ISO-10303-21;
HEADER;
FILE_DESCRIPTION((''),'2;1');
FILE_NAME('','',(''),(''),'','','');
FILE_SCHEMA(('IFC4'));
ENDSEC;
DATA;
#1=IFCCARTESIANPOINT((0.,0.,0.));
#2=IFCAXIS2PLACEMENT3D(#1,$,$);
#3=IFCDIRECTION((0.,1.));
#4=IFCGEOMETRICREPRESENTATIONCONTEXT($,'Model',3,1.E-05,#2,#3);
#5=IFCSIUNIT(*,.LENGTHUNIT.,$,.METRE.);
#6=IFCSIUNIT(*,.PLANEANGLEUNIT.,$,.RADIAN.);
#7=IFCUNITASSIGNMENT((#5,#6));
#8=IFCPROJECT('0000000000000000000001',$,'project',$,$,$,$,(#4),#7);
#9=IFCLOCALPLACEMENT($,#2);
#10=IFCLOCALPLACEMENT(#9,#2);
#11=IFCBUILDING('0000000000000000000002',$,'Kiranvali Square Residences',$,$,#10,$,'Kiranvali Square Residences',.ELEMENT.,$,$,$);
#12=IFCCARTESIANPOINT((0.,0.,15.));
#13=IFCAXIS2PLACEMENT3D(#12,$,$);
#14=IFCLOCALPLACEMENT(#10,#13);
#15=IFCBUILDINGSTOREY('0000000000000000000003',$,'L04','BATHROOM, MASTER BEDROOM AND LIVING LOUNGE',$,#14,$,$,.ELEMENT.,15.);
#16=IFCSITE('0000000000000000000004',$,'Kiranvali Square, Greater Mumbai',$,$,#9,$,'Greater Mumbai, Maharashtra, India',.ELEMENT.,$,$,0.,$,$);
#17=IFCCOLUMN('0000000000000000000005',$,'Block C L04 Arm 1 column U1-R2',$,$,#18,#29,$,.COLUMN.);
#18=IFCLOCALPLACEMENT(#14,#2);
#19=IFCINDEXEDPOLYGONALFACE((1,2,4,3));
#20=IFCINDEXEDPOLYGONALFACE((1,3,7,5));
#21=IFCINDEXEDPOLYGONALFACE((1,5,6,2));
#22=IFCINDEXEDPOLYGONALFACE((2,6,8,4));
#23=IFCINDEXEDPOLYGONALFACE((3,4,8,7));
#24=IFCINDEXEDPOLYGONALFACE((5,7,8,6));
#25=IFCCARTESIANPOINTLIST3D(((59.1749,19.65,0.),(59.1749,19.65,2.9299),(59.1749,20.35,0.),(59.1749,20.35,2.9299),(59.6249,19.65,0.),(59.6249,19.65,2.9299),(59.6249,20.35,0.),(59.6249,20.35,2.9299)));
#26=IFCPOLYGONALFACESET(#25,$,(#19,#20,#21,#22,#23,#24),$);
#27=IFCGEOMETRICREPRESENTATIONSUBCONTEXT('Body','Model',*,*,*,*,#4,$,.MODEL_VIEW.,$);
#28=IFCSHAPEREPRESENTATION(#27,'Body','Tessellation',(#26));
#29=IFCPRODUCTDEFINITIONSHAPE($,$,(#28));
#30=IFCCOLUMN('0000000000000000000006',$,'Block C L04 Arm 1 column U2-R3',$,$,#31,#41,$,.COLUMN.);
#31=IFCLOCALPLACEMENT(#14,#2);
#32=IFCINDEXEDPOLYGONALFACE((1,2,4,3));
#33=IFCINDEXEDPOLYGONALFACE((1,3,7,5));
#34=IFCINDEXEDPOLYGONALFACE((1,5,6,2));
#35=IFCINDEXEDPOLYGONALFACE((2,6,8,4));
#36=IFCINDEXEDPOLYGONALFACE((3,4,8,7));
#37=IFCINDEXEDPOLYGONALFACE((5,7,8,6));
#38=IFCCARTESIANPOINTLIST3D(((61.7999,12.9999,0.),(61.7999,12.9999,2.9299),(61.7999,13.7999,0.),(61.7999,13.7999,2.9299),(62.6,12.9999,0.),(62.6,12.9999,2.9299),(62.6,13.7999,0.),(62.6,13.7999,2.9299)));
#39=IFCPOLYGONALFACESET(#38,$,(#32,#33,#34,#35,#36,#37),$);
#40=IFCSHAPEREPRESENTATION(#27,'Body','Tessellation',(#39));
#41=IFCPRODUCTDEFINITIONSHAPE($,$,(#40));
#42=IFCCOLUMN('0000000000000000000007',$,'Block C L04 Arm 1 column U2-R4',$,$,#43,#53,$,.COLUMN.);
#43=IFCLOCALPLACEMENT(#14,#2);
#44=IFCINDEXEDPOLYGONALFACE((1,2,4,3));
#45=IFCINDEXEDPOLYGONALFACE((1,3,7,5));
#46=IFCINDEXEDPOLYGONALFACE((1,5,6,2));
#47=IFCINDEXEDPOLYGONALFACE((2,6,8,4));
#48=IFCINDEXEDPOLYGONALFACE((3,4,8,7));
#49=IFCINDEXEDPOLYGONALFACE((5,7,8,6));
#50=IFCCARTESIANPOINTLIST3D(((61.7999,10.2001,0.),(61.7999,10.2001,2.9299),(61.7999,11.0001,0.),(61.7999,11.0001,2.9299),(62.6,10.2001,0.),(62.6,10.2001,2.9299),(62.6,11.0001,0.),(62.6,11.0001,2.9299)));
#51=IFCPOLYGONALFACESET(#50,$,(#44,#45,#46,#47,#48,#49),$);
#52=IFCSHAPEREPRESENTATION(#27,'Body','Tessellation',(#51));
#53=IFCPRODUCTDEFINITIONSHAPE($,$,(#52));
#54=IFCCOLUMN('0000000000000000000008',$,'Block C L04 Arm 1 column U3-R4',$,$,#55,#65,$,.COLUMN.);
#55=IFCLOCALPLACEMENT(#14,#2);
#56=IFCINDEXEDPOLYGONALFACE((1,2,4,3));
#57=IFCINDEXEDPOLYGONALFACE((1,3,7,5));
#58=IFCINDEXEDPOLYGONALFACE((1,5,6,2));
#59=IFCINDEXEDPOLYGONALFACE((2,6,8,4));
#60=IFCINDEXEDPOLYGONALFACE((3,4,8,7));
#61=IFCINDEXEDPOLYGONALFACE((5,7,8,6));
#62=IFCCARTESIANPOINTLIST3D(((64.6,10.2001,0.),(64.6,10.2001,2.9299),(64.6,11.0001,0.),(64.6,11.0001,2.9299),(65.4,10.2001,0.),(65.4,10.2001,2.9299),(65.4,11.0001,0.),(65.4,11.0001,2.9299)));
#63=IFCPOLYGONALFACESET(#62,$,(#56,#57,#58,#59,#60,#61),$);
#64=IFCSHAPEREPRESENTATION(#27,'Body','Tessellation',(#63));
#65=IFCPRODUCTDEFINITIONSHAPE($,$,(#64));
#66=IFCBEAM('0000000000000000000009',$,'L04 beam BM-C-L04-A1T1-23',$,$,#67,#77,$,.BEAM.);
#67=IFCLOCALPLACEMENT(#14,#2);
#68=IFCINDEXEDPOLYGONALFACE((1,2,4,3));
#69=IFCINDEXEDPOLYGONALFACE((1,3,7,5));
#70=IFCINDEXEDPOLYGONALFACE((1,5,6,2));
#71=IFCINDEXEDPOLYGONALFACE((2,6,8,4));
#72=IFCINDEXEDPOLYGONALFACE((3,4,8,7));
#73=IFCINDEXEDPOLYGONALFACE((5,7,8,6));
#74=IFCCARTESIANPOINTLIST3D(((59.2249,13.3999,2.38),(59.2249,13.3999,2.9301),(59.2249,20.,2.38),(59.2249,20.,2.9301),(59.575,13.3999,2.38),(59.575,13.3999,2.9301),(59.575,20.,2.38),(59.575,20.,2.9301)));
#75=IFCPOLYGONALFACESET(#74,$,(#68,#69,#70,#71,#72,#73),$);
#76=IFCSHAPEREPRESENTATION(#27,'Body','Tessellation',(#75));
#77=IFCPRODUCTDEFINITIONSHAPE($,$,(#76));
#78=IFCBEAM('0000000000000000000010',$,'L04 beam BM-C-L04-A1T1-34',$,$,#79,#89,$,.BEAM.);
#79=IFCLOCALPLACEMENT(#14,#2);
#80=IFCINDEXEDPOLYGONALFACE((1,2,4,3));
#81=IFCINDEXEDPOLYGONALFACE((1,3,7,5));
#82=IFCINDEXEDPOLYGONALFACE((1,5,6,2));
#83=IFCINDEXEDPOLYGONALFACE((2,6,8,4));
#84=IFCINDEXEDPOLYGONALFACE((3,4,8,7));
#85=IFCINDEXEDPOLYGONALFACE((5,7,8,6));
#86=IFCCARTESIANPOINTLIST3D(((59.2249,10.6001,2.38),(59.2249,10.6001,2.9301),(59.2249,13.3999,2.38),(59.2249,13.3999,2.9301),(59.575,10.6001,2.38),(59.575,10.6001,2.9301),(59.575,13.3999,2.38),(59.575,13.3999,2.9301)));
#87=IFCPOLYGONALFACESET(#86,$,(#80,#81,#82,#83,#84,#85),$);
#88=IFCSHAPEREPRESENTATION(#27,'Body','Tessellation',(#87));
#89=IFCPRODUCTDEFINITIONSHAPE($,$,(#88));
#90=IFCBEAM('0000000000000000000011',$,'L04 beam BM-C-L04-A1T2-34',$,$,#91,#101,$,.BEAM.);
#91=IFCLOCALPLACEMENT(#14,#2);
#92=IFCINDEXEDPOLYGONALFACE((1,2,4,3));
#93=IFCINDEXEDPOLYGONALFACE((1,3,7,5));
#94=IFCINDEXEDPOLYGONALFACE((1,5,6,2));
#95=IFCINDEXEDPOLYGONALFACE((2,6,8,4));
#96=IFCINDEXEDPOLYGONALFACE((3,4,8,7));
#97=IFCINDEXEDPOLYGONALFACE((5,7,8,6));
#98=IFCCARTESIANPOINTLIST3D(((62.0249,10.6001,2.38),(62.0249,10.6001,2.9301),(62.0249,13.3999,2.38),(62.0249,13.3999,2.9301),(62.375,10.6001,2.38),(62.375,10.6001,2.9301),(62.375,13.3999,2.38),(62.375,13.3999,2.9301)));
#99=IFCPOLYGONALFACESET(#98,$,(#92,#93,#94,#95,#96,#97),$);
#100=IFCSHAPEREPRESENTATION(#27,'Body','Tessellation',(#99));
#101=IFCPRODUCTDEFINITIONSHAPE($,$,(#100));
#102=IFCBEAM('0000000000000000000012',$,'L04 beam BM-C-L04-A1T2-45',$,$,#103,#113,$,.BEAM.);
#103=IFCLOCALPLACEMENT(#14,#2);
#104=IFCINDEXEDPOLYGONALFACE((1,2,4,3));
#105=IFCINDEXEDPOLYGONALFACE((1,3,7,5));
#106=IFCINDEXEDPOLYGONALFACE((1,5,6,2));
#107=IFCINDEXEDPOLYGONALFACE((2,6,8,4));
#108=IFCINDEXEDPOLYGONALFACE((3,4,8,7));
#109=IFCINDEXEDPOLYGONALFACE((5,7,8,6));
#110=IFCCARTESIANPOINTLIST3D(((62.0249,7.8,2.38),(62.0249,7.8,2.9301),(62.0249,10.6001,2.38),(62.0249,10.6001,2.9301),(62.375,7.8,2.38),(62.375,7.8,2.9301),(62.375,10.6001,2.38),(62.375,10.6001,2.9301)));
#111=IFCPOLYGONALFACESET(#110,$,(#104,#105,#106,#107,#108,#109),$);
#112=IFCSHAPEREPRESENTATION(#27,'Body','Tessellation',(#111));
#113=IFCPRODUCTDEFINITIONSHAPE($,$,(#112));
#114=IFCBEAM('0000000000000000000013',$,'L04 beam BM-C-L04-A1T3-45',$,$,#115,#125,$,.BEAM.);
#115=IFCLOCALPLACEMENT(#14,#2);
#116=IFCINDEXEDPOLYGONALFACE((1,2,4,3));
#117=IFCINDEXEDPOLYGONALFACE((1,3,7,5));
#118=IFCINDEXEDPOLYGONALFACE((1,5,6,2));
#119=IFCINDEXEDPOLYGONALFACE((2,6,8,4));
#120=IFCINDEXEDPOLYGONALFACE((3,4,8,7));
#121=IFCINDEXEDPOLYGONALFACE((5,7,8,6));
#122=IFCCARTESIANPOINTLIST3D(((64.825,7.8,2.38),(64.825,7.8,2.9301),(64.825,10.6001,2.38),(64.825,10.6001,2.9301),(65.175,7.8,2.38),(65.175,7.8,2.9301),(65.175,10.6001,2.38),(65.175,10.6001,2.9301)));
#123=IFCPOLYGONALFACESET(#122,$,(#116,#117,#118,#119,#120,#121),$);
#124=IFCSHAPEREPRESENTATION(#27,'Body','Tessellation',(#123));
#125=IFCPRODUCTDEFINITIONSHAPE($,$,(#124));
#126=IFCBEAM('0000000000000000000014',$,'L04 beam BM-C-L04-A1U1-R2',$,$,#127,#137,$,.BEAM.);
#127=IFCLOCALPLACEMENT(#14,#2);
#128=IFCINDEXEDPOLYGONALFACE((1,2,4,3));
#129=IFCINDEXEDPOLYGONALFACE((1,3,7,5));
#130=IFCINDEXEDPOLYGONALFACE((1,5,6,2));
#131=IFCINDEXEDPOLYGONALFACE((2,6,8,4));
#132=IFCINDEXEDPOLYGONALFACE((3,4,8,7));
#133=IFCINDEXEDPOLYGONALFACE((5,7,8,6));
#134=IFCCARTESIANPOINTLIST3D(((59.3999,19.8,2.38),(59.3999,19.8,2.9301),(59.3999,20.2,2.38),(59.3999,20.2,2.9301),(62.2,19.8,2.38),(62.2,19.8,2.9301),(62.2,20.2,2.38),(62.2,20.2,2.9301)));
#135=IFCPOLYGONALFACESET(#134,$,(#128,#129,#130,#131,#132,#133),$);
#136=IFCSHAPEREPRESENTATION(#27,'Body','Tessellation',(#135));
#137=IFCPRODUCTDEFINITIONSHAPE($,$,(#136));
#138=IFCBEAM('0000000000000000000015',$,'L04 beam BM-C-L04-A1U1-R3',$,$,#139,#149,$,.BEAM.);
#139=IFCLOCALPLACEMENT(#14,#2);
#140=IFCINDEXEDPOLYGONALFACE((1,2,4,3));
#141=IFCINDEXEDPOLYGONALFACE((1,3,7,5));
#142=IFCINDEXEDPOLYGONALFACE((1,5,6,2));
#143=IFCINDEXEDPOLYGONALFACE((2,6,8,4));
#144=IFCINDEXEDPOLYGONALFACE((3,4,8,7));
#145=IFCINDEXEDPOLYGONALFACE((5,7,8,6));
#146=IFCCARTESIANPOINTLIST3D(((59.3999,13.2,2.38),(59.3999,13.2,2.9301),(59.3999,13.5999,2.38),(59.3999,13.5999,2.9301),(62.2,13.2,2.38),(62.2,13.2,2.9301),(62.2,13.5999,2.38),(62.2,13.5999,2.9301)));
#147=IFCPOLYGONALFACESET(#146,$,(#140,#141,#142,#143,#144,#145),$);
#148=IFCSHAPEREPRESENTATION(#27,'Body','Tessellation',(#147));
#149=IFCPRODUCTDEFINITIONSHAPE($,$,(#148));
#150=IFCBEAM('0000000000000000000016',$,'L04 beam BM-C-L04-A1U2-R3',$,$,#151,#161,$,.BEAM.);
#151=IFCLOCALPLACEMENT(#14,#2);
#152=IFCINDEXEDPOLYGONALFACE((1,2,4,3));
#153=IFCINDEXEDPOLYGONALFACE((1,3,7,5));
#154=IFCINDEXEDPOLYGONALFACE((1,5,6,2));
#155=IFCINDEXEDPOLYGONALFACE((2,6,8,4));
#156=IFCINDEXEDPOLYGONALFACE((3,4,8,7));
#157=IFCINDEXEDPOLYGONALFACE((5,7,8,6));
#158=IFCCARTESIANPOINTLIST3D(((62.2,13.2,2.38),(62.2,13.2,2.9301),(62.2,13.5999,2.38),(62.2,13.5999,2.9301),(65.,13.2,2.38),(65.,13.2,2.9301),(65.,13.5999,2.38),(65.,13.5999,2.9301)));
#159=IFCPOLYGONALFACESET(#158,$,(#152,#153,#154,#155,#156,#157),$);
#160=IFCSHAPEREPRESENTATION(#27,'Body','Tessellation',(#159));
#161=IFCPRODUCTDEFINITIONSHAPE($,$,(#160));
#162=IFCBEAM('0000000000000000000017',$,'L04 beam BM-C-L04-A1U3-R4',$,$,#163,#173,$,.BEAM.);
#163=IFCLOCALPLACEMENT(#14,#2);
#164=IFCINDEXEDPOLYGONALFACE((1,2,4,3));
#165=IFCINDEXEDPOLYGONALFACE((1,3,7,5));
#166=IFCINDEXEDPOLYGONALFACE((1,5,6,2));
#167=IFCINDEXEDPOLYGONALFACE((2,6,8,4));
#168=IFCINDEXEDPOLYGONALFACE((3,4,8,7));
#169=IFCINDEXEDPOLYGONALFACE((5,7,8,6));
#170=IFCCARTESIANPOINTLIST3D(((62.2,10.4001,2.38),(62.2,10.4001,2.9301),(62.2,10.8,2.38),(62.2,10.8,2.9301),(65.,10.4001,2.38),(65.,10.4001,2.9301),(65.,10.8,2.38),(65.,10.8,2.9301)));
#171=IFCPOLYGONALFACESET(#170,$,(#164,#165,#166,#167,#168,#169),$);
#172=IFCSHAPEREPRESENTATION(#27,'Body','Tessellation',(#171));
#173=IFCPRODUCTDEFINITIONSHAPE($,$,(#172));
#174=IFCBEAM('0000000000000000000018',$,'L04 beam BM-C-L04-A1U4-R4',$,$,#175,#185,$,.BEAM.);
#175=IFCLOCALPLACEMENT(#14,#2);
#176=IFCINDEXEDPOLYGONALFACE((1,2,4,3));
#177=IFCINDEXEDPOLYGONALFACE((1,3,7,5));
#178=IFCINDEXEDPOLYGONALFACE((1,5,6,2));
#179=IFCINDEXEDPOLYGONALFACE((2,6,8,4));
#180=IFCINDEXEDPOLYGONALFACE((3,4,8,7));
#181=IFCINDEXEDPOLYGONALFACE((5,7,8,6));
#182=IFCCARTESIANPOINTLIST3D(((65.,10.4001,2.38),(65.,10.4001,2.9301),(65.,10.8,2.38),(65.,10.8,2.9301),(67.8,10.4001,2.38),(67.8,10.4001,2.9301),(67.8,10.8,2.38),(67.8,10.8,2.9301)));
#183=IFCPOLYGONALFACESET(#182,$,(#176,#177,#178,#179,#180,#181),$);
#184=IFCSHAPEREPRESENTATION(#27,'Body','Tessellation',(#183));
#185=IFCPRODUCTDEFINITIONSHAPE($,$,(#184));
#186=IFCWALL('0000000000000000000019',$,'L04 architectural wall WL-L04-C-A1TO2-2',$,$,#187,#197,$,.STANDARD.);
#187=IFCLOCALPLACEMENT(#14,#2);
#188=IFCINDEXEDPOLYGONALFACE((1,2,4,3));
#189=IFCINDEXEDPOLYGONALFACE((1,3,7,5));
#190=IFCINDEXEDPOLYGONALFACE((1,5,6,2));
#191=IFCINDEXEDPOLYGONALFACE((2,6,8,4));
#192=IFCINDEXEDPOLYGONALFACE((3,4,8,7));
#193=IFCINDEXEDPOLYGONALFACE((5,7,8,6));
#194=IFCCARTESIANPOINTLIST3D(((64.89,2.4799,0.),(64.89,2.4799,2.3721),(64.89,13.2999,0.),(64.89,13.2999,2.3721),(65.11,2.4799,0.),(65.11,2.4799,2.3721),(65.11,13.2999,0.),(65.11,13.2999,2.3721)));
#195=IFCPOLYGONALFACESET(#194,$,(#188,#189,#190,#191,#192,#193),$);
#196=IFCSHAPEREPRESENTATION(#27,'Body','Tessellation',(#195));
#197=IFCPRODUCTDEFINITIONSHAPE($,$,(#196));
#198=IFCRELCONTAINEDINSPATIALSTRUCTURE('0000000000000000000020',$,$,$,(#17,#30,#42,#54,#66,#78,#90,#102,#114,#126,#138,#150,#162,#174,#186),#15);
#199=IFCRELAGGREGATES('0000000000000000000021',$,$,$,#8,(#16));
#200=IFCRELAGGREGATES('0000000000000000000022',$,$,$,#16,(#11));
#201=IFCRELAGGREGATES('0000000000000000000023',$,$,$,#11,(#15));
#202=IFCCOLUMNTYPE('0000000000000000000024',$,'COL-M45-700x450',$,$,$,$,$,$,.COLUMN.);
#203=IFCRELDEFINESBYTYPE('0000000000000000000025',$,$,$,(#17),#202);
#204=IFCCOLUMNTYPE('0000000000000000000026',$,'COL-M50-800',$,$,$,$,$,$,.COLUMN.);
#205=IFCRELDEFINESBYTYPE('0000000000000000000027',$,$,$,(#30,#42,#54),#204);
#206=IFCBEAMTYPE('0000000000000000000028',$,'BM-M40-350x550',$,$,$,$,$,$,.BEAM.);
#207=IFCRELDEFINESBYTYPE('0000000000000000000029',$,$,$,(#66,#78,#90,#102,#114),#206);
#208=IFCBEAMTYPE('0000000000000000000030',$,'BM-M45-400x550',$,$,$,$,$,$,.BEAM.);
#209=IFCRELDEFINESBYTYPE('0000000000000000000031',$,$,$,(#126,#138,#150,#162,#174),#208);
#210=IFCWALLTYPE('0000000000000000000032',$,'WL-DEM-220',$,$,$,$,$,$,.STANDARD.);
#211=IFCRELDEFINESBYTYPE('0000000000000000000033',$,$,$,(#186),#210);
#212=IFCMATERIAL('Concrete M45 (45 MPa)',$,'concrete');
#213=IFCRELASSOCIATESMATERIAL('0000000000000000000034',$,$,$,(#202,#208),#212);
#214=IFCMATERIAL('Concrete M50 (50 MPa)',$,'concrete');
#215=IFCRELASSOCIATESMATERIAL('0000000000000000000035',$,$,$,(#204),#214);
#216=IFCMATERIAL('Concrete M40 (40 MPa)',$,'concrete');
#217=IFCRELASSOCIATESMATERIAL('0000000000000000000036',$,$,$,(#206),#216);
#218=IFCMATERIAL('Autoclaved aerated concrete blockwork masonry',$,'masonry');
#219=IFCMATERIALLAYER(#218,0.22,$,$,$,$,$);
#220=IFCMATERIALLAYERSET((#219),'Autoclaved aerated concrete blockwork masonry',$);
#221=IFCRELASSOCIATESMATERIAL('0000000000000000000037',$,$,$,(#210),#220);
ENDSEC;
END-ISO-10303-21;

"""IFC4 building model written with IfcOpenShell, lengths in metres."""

from ifc_helpers import new_model, si_unit, direction, frame, frame_2d, origin, origin_2d, place, context, subcontext, project, spatial, rectangle, extrude, material, layer, layer_set, material_profile, profile_set, type_object, element, save


model = new_model("IFC4")

# Units and contexts
model_context = context("Model", 3, precision=1e-05, world=origin(), true_north=direction((0.0, 1.0)))
body_context = subcontext(model_context, "Body", "Model", "MODEL_VIEW")
ifc_project = project(units=[si_unit("LENGTHUNIT", "METRE"), si_unit("PLANEANGLEUNIT", "RADIAN")], contexts=[model_context])

# Site, building, storey
site_placement = place(None, origin())
site = spatial("IfcSite", under=ifc_project, at=site_placement, Name="Kiranvali Square, Greater Mumbai", LongName="Greater Mumbai, Maharashtra, India", CompositionType="ELEMENT", RefElevation=0.0)
building_placement = place(site_placement, origin())
building = spatial("IfcBuilding", under=site, at=building_placement, Name="Kiranvali Square Residences", LongName="Kiranvali Square Residences", CompositionType="ELEMENT")
storey_placement = place(building_placement, frame((0.0, 0.0, 15.0)))
storey = spatial("IfcBuildingStorey", under=building, at=storey_placement, Name="L04", Description="BATHROOM, MASTER BEDROOM AND LIVING LOUNGE", CompositionType="ELEMENT", Elevation=15.0)

# Columns
ifc_material_1 = material(Name="Concrete M45 (45 MPa)", Category="concrete")
ifc_material_profile_1 = material_profile(ifc_material_1, rectangle(XDim=0.45, YDim=0.7, at=origin_2d()), Name="RC 700x450")
ifc_profile_set_1 = profile_set([ifc_material_profile_1], Name="Concrete M45 (45 MPa)")
column_type_1 = type_object("IfcColumnType", Name="COL-M45-700x450", PredefinedType="COLUMN", material=ifc_profile_set_1)
column_placement = place(storey_placement, frame((59.3999, 20.0, 0.0), z_axis=(0.0, 0.0, 1.0), x_axis=(1.0, 0.0, 0.0)))
element("IfcColumn", 1, at=column_placement, inside=storey, type_object=column_type_1, Name="Block C L04 Arm 1 column U1-R2", PredefinedType="COLUMN", context=body_context, shape_type="SweptSolid", body=[
    extrude(rectangle(XDim=0.45, YDim=0.7, at=origin_2d()), origin(), (0.0, 0.0, 1.0), 2.9299),
])
ifc_material_2 = material(Name="Concrete M50 (50 MPa)", Category="concrete")
ifc_material_profile_2 = material_profile(ifc_material_2, rectangle(XDim=0.8, YDim=0.8, at=origin_2d()), Name="RC 800x800")
ifc_profile_set_2 = profile_set([ifc_material_profile_2], Name="Concrete M50 (50 MPa)")
column_type_2 = type_object("IfcColumnType", Name="COL-M50-800", PredefinedType="COLUMN", material=ifc_profile_set_2)
for number, where, z_axis, x_axis, name in (
    (2, (62.2, 13.3999, 0.0), (0.0, 0.0, 1.0), (1.0, 0.0, 0.0), "Block C L04 Arm 1 column U2-R3"),
    (3, (62.2, 10.6001, 0.0), (0.0, 0.0, 1.0), (1.0, 0.0, 0.0), "Block C L04 Arm 1 column U2-R4"),
    (4, (65.0, 10.6001, 0.0), (0.0, 0.0, 1.0), (1.0, 0.0, 0.0), "Block C L04 Arm 1 column U3-R4"),
):
    element("IfcColumn", number, at=place(storey_placement, frame(where, z_axis=z_axis, x_axis=x_axis)), inside=storey, type_object=column_type_2, Name=name, PredefinedType="COLUMN", context=body_context, shape_type="SweptSolid", body=[
        extrude(rectangle(XDim=0.8, YDim=0.8, at=origin_2d()), origin(), (0.0, 0.0, 1.0), 2.9299),
    ])

# Beams
ifc_material_3 = material(Name="Concrete M40 (40 MPa)", Category="concrete")
ifc_material_profile_3 = material_profile(ifc_material_3, rectangle(XDim=0.3501, YDim=0.55, at=origin_2d()), Name="RC 350x550")
ifc_profile_set_3 = profile_set([ifc_material_profile_3], Name="Concrete M40 (40 MPa)")
beam_type_1 = type_object("IfcBeamType", Name="BM-M40-350x550", PredefinedType="BEAM", material=ifc_profile_set_3)
beam_placement = place(storey_placement, frame((59.3999, 20.0, 2.655), z_axis=(0.0, -1.0, 0.0), x_axis=(1.0, 0.0, 0.0)))
element("IfcBeam", 5, at=beam_placement, inside=storey, type_object=beam_type_1, Name="L04 beam BM-C-L04-A1T1-23", PredefinedType="BEAM", context=body_context, shape_type="SweptSolid", body=[
    extrude(rectangle(XDim=0.3501, YDim=0.55, at=origin_2d()), origin(), (0.0, 0.0, 1.0), 6.6001),
])
for number, where, z_axis, x_axis, name in (
    (6, (59.3999, 13.3999, 2.655), (0.0, -1.0, 0.0), (1.0, 0.0, 0.0), "L04 beam BM-C-L04-A1T1-34"),
    (7, (62.2, 13.3999, 2.655), (0.0, -1.0, 0.0), (1.0, 0.0, 0.0), "L04 beam BM-C-L04-A1T2-34"),
):
    element("IfcBeam", number, at=place(storey_placement, frame(where, z_axis=z_axis, x_axis=x_axis)), inside=storey, type_object=beam_type_1, Name=name, PredefinedType="BEAM", context=body_context, shape_type="SweptSolid", body=[
        extrude(rectangle(XDim=0.3501, YDim=0.55, at=origin_2d()), origin(), (0.0, 0.0, 1.0), 2.7998),
    ])
for number, where, z_axis, x_axis, name in (
    (8, (62.2, 10.6001, 2.655), (0.0, -1.0, 0.0), (1.0, 0.0, 0.0), "L04 beam BM-C-L04-A1T2-45"),
    (9, (65.0, 10.6001, 2.655), (0.0, -1.0, 0.0), (1.0, 0.0, 0.0), "L04 beam BM-C-L04-A1T3-45"),
):
    element("IfcBeam", number, at=place(storey_placement, frame(where, z_axis=z_axis, x_axis=x_axis)), inside=storey, type_object=beam_type_1, Name=name, PredefinedType="BEAM", context=body_context, shape_type="SweptSolid", body=[
        extrude(rectangle(XDim=0.3501, YDim=0.55, at=origin_2d()), origin(), (0.0, 0.0, 1.0), 2.8),
    ])
ifc_material_profile_4 = material_profile(ifc_material_1, rectangle(XDim=0.3999, YDim=0.55, at=origin_2d()), Name="RC 400x550")
ifc_profile_set_4 = profile_set([ifc_material_profile_4], Name="Concrete M45 (45 MPa)")
beam_type_2 = type_object("IfcBeamType", Name="BM-M45-400x550", PredefinedType="BEAM", material=ifc_profile_set_4)
for number, where, z_axis, x_axis, name in (
    (10, (59.3999, 20.0, 2.655), (1.0, 0.0, 0.0), (0.0, 1.0, 0.0), "L04 beam BM-C-L04-A1U1-R2"),
    (11, (59.3999, 13.3999, 2.655), (1.0, 0.0, 0.0), (0.0, 1.0, 0.0), "L04 beam BM-C-L04-A1U1-R3"),
    (12, (62.2, 13.3999, 2.655), (1.0, 0.0, 0.0), (0.0, 1.0, 0.0), "L04 beam BM-C-L04-A1U2-R3"),
    (13, (62.2, 10.6001, 2.655), (1.0, 0.0, 0.0), (0.0, 1.0, 0.0), "L04 beam BM-C-L04-A1U3-R4"),
    (14, (65.0, 10.6001, 2.655), (1.0, 0.0, 0.0), (0.0, 1.0, 0.0), "L04 beam BM-C-L04-A1U4-R4"),
):
    element("IfcBeam", number, at=place(storey_placement, frame(where, z_axis=z_axis, x_axis=x_axis)), inside=storey, type_object=beam_type_2, Name=name, PredefinedType="BEAM", context=body_context, shape_type="SweptSolid", body=[
        extrude(rectangle(XDim=0.3999, YDim=0.55, at=origin_2d()), origin(), (0.0, 0.0, 1.0), 2.8),
    ])

# Wall
ifc_material_4 = material(Name="Autoclaved aerated concrete blockwork masonry", Category="masonry")
ifc_layer_1 = layer(ifc_material_4, 0.22)
ifc_layer_set_1 = layer_set([ifc_layer_1], Name="Autoclaved aerated concrete blockwork masonry")
wall_type_1 = type_object("IfcWallType", Name="WL-DEM-220", PredefinedType="STANDARD", material=ifc_layer_set_1)
wall_1_placement = place(storey_placement, frame((65.0, 13.3, 0.0), z_axis=(0.0, 0.0, 1.0), x_axis=(0.0, -1.0, 0.0)))
element("IfcWall", 15, at=wall_1_placement, inside=storey, type_object=wall_type_1, Name="L04 architectural wall WL-L04-C-A1TO2-2", PredefinedType="STANDARD", context=body_context, shape_type="SweptSolid", body=[
    extrude(rectangle(XDim=10.8201, YDim=0.22, at=frame_2d((5.4102, 0.0))), origin(), (0.0, 0.0, 1.0), 2.3721),
])

save(model, "model.ifc")
